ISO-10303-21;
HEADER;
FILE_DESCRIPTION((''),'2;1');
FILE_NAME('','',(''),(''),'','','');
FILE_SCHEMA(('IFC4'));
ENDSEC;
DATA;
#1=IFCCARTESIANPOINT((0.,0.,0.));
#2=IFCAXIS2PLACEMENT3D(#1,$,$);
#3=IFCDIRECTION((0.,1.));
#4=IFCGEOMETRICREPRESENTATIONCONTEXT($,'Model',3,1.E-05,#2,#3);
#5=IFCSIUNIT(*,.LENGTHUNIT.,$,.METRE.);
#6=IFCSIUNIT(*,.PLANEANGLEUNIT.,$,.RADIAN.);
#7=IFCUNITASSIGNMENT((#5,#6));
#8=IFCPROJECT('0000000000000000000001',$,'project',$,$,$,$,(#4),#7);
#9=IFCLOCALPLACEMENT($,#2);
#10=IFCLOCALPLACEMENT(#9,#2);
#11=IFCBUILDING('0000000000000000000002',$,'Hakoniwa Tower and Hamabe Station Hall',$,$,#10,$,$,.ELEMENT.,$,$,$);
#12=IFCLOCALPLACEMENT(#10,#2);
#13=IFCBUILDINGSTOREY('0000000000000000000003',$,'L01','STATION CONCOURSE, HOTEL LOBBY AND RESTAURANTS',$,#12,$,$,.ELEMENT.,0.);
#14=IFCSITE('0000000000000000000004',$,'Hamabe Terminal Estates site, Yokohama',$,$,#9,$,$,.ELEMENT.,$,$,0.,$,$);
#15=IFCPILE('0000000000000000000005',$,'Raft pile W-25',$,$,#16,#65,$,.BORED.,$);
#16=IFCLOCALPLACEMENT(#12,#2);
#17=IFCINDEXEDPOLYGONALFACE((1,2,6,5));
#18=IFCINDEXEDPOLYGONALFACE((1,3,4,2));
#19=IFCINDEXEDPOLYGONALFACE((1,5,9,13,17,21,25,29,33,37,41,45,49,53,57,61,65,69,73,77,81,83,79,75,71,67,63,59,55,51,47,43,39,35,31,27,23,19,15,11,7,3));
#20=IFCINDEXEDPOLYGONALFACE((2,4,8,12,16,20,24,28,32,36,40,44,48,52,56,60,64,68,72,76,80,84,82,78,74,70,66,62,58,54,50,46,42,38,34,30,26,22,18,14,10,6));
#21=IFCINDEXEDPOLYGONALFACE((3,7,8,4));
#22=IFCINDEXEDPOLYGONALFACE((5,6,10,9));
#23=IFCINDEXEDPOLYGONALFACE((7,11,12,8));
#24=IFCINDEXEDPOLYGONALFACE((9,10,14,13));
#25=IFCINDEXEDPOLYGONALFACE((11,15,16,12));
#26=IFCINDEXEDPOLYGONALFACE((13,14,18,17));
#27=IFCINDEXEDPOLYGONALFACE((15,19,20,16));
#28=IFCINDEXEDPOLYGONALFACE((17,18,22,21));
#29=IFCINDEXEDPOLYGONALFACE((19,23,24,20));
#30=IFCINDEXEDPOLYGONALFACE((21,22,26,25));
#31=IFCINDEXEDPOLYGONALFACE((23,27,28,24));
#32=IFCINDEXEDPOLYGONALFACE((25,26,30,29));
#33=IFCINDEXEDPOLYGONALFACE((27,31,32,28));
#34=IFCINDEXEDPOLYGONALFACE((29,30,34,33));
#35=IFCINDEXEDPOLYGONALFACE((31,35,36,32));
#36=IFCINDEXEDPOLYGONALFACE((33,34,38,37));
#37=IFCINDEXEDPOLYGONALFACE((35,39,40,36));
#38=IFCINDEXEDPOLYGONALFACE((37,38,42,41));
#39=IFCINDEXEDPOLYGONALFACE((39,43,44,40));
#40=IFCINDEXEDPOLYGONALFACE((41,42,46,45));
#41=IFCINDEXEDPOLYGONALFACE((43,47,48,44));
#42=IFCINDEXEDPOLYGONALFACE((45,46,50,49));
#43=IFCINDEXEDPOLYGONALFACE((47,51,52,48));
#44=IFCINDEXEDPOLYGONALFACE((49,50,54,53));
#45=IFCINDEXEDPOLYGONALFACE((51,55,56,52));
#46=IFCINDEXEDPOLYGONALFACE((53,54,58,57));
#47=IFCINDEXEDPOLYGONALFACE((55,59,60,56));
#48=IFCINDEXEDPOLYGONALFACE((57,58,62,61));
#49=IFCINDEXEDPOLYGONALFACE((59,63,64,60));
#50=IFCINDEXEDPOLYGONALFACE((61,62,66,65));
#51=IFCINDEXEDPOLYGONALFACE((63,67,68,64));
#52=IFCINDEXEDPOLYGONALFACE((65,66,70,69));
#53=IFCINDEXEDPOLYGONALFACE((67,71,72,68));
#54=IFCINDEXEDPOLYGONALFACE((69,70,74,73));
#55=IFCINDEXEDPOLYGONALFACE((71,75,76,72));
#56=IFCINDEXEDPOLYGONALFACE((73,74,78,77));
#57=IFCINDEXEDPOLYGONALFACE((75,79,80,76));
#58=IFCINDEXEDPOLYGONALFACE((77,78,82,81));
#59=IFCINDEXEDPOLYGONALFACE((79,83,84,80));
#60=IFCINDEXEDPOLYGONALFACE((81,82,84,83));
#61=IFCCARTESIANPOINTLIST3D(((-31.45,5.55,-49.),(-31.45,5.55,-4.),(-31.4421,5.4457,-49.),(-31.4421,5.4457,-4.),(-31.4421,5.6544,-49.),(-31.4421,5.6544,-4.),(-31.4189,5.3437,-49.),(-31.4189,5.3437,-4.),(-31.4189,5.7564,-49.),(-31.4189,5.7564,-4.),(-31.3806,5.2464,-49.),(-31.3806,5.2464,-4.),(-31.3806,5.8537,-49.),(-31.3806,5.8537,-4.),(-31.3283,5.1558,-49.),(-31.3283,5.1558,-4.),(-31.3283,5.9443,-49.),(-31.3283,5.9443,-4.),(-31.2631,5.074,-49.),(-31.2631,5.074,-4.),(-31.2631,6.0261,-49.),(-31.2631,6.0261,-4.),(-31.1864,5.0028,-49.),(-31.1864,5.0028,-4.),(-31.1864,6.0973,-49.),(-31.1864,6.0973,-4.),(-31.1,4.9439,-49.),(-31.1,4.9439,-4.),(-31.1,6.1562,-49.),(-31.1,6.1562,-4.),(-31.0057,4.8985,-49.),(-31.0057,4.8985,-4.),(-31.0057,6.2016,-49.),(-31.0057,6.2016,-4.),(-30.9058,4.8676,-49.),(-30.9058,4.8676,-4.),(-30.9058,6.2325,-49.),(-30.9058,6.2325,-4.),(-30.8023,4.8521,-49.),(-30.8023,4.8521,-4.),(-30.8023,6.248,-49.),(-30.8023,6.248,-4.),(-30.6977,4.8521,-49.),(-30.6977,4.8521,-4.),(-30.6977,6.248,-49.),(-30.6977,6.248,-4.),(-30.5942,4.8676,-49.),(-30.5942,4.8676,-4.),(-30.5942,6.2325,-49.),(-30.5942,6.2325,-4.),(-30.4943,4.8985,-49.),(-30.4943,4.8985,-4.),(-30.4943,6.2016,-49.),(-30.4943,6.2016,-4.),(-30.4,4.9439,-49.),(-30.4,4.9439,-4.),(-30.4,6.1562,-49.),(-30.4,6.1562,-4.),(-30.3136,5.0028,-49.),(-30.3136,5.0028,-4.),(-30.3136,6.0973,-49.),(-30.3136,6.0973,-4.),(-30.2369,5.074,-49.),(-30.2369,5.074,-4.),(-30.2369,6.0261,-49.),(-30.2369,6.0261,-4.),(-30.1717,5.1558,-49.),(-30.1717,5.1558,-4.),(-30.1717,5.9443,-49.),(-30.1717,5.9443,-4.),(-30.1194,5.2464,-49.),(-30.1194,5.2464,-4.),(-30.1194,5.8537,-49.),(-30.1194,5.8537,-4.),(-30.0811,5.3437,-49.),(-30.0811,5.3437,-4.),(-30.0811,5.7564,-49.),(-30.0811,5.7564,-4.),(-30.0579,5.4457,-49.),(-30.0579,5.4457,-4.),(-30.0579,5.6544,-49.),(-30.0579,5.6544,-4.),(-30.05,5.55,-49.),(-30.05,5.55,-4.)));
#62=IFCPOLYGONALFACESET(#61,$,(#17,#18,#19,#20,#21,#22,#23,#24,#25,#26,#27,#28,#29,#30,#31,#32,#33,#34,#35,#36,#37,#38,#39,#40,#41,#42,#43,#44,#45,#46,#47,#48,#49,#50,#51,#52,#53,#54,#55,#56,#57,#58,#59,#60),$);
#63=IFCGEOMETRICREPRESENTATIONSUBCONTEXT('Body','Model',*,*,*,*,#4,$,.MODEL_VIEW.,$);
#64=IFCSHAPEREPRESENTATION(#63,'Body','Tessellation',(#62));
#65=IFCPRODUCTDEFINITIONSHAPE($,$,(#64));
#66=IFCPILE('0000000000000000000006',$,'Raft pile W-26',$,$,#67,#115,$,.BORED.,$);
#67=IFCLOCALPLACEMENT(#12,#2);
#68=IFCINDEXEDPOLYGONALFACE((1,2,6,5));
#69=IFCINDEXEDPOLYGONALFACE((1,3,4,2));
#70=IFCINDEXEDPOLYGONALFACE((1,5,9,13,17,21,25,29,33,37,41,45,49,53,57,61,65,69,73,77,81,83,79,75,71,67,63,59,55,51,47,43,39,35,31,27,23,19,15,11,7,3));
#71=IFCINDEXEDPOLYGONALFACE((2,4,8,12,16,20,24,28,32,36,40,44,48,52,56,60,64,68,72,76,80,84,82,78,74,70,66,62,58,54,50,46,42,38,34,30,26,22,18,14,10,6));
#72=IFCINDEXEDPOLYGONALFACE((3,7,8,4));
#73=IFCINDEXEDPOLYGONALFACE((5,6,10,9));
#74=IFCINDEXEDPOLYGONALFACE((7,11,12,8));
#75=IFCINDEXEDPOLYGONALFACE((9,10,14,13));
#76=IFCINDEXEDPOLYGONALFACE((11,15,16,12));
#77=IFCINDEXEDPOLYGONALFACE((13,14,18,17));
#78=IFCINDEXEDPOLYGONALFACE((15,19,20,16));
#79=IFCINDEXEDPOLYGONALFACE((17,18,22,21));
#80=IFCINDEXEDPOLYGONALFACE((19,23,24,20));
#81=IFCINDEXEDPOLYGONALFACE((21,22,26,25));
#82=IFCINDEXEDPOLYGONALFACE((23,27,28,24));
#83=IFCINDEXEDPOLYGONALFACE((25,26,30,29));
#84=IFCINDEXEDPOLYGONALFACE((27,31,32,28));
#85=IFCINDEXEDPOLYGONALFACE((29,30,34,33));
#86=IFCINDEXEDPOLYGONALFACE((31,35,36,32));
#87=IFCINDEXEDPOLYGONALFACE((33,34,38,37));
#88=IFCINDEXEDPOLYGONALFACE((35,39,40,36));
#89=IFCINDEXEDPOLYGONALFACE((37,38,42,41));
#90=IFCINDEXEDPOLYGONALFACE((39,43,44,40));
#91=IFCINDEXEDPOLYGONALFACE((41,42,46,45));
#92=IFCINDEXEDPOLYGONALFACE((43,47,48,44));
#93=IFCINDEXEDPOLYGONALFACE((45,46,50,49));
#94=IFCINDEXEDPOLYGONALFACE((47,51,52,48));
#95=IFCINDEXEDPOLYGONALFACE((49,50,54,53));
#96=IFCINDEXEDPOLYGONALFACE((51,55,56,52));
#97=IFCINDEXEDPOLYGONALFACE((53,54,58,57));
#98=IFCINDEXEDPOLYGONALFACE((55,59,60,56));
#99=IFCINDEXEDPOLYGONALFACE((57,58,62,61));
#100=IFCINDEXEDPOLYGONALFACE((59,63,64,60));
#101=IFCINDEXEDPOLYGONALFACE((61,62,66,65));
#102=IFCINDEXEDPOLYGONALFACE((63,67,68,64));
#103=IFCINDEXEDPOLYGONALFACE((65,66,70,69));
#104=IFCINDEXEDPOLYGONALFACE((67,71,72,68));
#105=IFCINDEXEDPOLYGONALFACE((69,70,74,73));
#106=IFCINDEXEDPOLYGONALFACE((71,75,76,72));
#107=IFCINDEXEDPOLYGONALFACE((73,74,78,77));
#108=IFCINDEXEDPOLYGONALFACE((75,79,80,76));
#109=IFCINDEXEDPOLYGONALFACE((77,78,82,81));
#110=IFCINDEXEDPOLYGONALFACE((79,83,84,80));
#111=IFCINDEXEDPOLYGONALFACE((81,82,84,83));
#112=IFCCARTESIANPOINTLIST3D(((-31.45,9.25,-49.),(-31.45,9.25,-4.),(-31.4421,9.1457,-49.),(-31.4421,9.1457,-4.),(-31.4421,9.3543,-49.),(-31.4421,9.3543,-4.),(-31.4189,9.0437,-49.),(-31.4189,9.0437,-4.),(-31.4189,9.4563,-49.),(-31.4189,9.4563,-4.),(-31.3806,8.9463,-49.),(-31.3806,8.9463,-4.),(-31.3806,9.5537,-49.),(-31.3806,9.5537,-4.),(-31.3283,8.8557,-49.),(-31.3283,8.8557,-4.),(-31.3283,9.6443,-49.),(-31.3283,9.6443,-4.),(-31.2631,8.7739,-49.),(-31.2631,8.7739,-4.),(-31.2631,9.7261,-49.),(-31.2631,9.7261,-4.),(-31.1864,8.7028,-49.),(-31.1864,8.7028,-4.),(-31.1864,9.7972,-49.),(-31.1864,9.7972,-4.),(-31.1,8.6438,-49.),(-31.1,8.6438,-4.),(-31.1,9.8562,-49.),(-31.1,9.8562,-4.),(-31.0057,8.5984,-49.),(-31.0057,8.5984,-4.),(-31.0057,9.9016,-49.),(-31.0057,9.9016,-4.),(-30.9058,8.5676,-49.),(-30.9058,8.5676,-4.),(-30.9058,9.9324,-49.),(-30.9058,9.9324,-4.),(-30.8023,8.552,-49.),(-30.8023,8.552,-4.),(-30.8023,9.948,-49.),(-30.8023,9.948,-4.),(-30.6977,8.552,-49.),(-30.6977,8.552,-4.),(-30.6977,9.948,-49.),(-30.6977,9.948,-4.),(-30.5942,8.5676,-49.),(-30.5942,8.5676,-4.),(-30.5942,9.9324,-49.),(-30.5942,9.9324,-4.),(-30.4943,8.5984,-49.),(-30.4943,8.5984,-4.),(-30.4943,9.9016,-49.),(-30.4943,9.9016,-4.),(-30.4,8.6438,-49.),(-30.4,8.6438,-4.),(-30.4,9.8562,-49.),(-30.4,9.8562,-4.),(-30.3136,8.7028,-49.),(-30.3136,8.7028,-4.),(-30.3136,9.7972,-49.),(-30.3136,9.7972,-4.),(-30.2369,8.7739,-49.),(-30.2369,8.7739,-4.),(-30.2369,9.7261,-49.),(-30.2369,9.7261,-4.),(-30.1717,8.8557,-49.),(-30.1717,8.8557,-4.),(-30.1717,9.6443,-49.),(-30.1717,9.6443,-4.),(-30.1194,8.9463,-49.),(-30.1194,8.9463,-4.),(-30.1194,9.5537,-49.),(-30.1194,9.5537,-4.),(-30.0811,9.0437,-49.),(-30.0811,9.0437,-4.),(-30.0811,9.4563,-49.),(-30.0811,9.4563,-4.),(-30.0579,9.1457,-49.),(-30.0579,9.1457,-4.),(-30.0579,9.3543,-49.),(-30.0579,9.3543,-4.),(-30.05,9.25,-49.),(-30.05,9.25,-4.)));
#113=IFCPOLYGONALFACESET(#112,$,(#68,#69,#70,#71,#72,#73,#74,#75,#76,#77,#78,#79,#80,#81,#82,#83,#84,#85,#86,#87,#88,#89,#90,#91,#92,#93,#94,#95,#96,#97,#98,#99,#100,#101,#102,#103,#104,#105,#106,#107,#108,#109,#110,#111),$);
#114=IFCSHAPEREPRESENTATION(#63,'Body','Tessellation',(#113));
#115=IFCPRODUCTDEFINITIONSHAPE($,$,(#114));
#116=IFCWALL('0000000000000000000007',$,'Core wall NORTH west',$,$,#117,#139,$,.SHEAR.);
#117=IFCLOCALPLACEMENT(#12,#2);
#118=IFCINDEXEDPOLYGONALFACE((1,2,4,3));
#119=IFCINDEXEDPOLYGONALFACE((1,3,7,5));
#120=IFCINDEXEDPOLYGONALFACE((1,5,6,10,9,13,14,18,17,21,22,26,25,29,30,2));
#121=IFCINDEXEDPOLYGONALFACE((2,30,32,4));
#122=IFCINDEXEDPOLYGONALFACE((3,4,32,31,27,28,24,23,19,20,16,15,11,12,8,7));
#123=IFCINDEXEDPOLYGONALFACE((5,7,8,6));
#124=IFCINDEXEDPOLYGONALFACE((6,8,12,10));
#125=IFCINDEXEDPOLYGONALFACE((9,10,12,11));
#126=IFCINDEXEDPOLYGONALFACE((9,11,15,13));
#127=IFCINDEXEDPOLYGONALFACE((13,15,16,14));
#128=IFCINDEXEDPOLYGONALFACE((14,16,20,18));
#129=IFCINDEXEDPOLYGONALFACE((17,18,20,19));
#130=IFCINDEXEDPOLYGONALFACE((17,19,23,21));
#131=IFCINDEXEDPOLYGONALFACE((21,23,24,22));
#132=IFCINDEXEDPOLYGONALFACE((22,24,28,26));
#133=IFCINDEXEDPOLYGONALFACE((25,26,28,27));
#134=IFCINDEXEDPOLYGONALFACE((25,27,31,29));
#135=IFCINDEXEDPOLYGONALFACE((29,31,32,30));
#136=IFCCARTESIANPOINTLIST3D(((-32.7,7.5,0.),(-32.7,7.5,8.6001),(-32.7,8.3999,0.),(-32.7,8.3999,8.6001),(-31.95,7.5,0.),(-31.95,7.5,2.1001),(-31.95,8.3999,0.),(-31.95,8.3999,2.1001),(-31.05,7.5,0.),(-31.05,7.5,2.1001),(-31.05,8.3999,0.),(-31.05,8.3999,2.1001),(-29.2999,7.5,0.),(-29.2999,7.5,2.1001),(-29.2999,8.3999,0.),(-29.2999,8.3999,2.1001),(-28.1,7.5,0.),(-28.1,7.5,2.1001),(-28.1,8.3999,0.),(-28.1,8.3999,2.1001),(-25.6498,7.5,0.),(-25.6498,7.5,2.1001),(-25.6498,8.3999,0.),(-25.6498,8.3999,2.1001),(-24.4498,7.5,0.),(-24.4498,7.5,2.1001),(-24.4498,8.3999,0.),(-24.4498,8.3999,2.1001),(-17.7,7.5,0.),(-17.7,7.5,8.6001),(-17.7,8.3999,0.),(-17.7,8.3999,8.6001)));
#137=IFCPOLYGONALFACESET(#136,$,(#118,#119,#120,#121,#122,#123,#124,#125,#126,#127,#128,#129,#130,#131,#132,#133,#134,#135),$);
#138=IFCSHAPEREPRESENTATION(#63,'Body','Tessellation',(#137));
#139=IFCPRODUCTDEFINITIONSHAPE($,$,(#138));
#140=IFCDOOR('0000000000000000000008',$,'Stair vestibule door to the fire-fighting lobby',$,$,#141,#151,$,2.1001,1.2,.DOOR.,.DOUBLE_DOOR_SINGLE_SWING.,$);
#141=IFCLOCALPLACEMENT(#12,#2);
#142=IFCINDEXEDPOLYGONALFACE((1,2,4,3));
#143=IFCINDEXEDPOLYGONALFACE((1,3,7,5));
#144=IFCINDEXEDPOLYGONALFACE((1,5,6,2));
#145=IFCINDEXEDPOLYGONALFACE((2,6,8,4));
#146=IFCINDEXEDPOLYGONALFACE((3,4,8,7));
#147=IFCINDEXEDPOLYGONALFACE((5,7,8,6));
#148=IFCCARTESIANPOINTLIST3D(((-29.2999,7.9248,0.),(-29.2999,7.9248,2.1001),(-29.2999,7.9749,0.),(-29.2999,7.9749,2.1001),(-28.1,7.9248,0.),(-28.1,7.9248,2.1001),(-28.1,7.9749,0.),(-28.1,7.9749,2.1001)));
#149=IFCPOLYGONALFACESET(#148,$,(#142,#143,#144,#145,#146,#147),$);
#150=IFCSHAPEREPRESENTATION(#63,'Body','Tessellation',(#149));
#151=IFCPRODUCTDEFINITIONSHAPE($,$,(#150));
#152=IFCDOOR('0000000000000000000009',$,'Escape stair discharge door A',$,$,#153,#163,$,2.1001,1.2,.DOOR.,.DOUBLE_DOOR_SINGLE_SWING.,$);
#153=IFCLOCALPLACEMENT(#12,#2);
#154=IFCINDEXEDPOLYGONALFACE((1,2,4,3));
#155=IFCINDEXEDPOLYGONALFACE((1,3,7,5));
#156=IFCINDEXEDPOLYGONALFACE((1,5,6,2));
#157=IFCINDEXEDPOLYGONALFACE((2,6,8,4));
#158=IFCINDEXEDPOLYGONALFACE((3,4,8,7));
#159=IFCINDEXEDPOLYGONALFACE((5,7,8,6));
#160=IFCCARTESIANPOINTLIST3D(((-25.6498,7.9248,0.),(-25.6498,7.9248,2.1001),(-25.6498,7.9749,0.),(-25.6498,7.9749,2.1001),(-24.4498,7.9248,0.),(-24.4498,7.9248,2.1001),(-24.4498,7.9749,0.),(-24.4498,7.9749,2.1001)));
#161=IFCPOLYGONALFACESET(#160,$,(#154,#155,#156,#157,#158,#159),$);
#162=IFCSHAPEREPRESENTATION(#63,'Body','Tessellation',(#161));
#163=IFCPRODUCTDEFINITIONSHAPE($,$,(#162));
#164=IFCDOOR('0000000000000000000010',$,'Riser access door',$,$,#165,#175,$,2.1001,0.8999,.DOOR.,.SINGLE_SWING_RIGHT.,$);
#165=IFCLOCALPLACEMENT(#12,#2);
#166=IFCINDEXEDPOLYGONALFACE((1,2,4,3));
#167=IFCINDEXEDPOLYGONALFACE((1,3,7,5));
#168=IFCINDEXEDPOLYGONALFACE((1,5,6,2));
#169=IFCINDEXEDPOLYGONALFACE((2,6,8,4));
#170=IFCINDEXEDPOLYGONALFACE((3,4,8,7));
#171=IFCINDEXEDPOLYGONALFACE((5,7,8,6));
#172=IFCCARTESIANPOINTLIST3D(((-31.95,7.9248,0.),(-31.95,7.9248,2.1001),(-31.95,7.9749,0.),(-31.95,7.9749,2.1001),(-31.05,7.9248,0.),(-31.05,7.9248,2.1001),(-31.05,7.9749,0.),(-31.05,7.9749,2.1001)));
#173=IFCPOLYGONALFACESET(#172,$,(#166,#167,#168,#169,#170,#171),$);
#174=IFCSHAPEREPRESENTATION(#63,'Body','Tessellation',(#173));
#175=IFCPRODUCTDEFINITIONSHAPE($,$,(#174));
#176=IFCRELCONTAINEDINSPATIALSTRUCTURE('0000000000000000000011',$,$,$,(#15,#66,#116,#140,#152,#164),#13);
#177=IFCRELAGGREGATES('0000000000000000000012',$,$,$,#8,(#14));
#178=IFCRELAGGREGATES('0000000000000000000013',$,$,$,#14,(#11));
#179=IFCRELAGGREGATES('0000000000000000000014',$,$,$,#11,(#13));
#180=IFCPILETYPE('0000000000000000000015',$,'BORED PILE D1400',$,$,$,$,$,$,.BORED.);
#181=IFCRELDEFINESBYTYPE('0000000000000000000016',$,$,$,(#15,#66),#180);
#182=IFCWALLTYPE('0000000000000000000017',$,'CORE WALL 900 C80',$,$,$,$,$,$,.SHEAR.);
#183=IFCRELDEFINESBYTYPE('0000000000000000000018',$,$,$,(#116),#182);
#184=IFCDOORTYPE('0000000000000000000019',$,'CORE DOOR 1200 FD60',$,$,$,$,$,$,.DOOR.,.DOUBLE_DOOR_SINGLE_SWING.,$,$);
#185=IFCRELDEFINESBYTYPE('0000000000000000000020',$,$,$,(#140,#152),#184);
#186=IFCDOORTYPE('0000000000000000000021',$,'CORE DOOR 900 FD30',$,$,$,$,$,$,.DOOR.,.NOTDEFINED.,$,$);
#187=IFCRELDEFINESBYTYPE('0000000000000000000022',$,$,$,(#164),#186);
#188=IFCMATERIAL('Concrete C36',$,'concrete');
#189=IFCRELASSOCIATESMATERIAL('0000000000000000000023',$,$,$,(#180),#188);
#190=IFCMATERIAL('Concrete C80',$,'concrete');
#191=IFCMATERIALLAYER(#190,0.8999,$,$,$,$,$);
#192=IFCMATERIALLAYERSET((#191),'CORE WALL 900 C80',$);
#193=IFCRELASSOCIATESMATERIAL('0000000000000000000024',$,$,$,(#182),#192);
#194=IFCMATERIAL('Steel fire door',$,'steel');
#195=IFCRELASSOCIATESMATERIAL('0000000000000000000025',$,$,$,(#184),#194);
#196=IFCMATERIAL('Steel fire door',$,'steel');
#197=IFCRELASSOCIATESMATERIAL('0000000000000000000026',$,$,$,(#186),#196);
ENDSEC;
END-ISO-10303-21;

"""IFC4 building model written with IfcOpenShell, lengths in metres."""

from ifc_helpers import new_model, si_unit, direction, frame, frame_2d, origin, origin_2d, place, context, subcontext, project, spatial, rectangle, circle, extrude, material, layer, layer_set, material_profile, profile_set, type_object, element, fill, save


model = new_model("IFC4")

# Units and contexts
model_context = context("Model", 3, precision=1e-05, world=origin(), true_north=direction((0.0, 1.0)))
body_context = subcontext(model_context, "Body", "Model", "MODEL_VIEW")
ifc_project = project(units=[si_unit("LENGTHUNIT", "METRE"), si_unit("PLANEANGLEUNIT", "RADIAN")], contexts=[model_context])

# Site, building, storey
site_placement = place(None, origin())
site = spatial("IfcSite", under=ifc_project, at=site_placement, Name="Hamabe Terminal Estates site, Yokohama", CompositionType="ELEMENT", RefElevation=0.0)
building_placement = place(site_placement, origin())
building = spatial("IfcBuilding", under=site, at=building_placement, Name="Hakoniwa Tower and Hamabe Station Hall", CompositionType="ELEMENT")
storey_placement = place(building_placement, origin())
storey = spatial("IfcBuildingStorey", under=building, at=storey_placement, Name="L01", Description="STATION CONCOURSE, HOTEL LOBBY AND RESTAURANTS", CompositionType="ELEMENT", Elevation=0.0)

# Piles
ifc_material_1 = material(Name="Concrete C36", Category="concrete")
ifc_material_profile = material_profile(ifc_material_1, circle(Radius=0.7, at=origin_2d()), Name="BORED PILE D1400")
ifc_profile_set = profile_set([ifc_material_profile], Name="Concrete C36")
pile_type = type_object("IfcPileType", Name="BORED PILE D1400", PredefinedType="BORED", material=ifc_profile_set)
for number, where, z_axis, x_axis, name in (
    (1, (-30.75, 5.55, -4.0), (0.0, 0.0, -1.0), (1.0, 0.0, 0.0), "Raft pile W-25"),
    (2, (-30.75, 9.25, -4.0), (0.0, 0.0, -1.0), (1.0, 0.0, 0.0), "Raft pile W-26"),
):
    element("IfcPile", number, at=place(storey_placement, frame(where, z_axis=z_axis, x_axis=x_axis)), inside=storey, type_object=pile_type, Name=name, PredefinedType="BORED", context=body_context, shape_type="SweptSolid", body=[
        extrude(circle(Radius=0.7, at=origin_2d()), origin(), (0.0, 0.0, 1.0), 45.0),
    ])

# Wall, openings, doors
ifc_material_2 = material(Name="Concrete C80", Category="concrete")
ifc_layer_1 = layer(ifc_material_2, 0.8999)
ifc_layer_set_1 = layer_set([ifc_layer_1], Name="CORE WALL 900 C80")
wall_type_1 = type_object("IfcWallType", Name="CORE WALL 900 C80", PredefinedType="SHEAR", material=ifc_layer_set_1)
wall_1_placement = place(storey_placement, frame((-32.7, 7.95, 0.0), z_axis=(0.0, 0.0, 1.0), x_axis=(1.0, 0.0, 0.0)))
wall_1 = element("IfcWall", 3, at=wall_1_placement, inside=storey, type_object=wall_type_1, Name="Core wall NORTH west", PredefinedType="SHEAR", context=body_context, shape_type="SweptSolid", body=[
    extrude(rectangle(XDim=15.0, YDim=0.8999, at=frame_2d((7.5, 0.0))), origin(), (0.0, 0.0, 1.0), 8.6001),
])
opening_1_placement = place(wall_1_placement, frame((3.3999, 0.0, 0.0)))
opening_1 = element("IfcOpeningElement", 4, at=opening_1_placement, cuts=wall_1, PredefinedType="OPENING", context=body_context, shape_type="SweptSolid", body=[
    extrude(rectangle(XDim=1.2, YDim=2.1001, at=frame_2d((0.6001, 1.05))), frame((0.0, 0.46, 0.0), z_axis=(0.0, -1.0, 0.0), x_axis=(1.0, 0.0, 0.0)), (0.0, 0.0, 1.0), 0.9199),
])
opening_2_placement = place(wall_1_placement, frame((0.75, 0.0, 0.0)))
opening_2 = element("IfcOpeningElement", 5, at=opening_2_placement, cuts=wall_1, PredefinedType="OPENING", context=body_context, shape_type="SweptSolid", body=[
    extrude(rectangle(XDim=0.8999, YDim=2.1001, at=frame_2d((0.45, 1.05))), frame((0.0, 0.46, 0.0), z_axis=(0.0, -1.0, 0.0), x_axis=(1.0, 0.0, 0.0)), (0.0, 0.0, 1.0), 0.9199),
])
opening_3_placement = place(wall_1_placement, frame((7.05, 0.0, 0.0)))
opening_3 = element("IfcOpeningElement", 6, at=opening_3_placement, cuts=wall_1, PredefinedType="OPENING", context=body_context, shape_type="SweptSolid", body=[
    extrude(rectangle(XDim=1.2, YDim=2.1001, at=frame_2d((0.6001, 1.05))), frame((0.0, 0.46, 0.0), z_axis=(0.0, -1.0, 0.0), x_axis=(1.0, 0.0, 0.0)), (0.0, 0.0, 1.0), 0.9199),
])
ifc_material_3 = material(Name="Steel fire door", Category="steel")
door_type_1 = type_object("IfcDoorType", Name="CORE DOOR 1200 FD60", OperationType="DOUBLE_DOOR_SINGLE_SWING", PredefinedType="DOOR", material=ifc_material_3)
door_1_placement = place(opening_1_placement, origin())
door_1 = element("IfcDoor", 7, at=door_1_placement, inside=storey, type_object=door_type_1, Name="Stair vestibule door to the fire-fighting lobby", OperationType="DOUBLE_DOOR_SINGLE_SWING", OverallHeight=2.1001, OverallWidth=1.2, PredefinedType="DOOR", context=body_context, shape_type="SweptSolid", body=[
    extrude(rectangle(XDim=1.2, YDim=2.1001, at=frame_2d((0.6001, 1.05))), frame((0.0, 0.0249, 0.0), z_axis=(0.0, -1.0, 0.0), x_axis=(1.0, 0.0, 0.0)), (0.0, 0.0, 1.0), 0.05),
])
fill(opening_1, door_1)
door_2_placement = place(opening_3_placement, origin())
door_2 = element("IfcDoor", 8, at=door_2_placement, inside=storey, type_object=door_type_1, Name="Escape stair discharge door A", OperationType="DOUBLE_DOOR_SINGLE_SWING", OverallHeight=2.1001, OverallWidth=1.2, PredefinedType="DOOR", context=body_context, shape_type="SweptSolid", body=[
    extrude(rectangle(XDim=1.2, YDim=2.1001, at=frame_2d((0.6001, 1.05))), frame((0.0, 0.0249, 0.0), z_axis=(0.0, -1.0, 0.0), x_axis=(1.0, 0.0, 0.0)), (0.0, 0.0, 1.0), 0.05),
])
fill(opening_3, door_2)
ifc_material_4 = material(Name="Steel fire door", Category="steel")
door_type_2 = type_object("IfcDoorType", Name="CORE DOOR 900 FD30", OperationType="NOTDEFINED", PredefinedType="DOOR", material=ifc_material_4)
door_3_placement = place(opening_2_placement, origin())
door_3 = element("IfcDoor", 9, at=door_3_placement, inside=storey, type_object=door_type_2, Name="Riser access door", OperationType="SINGLE_SWING_RIGHT", OverallHeight=2.1001, OverallWidth=0.8999, PredefinedType="DOOR", context=body_context, shape_type="SweptSolid", body=[
    extrude(rectangle(XDim=0.8999, YDim=2.1001, at=frame_2d((0.45, 1.05))), frame((0.0, 0.0249, 0.0), z_axis=(0.0, -1.0, 0.0), x_axis=(1.0, 0.0, 0.0)), (0.0, 0.0, 1.0), 0.05),
])
fill(opening_2, door_3)

save(model, "model.ifc")
